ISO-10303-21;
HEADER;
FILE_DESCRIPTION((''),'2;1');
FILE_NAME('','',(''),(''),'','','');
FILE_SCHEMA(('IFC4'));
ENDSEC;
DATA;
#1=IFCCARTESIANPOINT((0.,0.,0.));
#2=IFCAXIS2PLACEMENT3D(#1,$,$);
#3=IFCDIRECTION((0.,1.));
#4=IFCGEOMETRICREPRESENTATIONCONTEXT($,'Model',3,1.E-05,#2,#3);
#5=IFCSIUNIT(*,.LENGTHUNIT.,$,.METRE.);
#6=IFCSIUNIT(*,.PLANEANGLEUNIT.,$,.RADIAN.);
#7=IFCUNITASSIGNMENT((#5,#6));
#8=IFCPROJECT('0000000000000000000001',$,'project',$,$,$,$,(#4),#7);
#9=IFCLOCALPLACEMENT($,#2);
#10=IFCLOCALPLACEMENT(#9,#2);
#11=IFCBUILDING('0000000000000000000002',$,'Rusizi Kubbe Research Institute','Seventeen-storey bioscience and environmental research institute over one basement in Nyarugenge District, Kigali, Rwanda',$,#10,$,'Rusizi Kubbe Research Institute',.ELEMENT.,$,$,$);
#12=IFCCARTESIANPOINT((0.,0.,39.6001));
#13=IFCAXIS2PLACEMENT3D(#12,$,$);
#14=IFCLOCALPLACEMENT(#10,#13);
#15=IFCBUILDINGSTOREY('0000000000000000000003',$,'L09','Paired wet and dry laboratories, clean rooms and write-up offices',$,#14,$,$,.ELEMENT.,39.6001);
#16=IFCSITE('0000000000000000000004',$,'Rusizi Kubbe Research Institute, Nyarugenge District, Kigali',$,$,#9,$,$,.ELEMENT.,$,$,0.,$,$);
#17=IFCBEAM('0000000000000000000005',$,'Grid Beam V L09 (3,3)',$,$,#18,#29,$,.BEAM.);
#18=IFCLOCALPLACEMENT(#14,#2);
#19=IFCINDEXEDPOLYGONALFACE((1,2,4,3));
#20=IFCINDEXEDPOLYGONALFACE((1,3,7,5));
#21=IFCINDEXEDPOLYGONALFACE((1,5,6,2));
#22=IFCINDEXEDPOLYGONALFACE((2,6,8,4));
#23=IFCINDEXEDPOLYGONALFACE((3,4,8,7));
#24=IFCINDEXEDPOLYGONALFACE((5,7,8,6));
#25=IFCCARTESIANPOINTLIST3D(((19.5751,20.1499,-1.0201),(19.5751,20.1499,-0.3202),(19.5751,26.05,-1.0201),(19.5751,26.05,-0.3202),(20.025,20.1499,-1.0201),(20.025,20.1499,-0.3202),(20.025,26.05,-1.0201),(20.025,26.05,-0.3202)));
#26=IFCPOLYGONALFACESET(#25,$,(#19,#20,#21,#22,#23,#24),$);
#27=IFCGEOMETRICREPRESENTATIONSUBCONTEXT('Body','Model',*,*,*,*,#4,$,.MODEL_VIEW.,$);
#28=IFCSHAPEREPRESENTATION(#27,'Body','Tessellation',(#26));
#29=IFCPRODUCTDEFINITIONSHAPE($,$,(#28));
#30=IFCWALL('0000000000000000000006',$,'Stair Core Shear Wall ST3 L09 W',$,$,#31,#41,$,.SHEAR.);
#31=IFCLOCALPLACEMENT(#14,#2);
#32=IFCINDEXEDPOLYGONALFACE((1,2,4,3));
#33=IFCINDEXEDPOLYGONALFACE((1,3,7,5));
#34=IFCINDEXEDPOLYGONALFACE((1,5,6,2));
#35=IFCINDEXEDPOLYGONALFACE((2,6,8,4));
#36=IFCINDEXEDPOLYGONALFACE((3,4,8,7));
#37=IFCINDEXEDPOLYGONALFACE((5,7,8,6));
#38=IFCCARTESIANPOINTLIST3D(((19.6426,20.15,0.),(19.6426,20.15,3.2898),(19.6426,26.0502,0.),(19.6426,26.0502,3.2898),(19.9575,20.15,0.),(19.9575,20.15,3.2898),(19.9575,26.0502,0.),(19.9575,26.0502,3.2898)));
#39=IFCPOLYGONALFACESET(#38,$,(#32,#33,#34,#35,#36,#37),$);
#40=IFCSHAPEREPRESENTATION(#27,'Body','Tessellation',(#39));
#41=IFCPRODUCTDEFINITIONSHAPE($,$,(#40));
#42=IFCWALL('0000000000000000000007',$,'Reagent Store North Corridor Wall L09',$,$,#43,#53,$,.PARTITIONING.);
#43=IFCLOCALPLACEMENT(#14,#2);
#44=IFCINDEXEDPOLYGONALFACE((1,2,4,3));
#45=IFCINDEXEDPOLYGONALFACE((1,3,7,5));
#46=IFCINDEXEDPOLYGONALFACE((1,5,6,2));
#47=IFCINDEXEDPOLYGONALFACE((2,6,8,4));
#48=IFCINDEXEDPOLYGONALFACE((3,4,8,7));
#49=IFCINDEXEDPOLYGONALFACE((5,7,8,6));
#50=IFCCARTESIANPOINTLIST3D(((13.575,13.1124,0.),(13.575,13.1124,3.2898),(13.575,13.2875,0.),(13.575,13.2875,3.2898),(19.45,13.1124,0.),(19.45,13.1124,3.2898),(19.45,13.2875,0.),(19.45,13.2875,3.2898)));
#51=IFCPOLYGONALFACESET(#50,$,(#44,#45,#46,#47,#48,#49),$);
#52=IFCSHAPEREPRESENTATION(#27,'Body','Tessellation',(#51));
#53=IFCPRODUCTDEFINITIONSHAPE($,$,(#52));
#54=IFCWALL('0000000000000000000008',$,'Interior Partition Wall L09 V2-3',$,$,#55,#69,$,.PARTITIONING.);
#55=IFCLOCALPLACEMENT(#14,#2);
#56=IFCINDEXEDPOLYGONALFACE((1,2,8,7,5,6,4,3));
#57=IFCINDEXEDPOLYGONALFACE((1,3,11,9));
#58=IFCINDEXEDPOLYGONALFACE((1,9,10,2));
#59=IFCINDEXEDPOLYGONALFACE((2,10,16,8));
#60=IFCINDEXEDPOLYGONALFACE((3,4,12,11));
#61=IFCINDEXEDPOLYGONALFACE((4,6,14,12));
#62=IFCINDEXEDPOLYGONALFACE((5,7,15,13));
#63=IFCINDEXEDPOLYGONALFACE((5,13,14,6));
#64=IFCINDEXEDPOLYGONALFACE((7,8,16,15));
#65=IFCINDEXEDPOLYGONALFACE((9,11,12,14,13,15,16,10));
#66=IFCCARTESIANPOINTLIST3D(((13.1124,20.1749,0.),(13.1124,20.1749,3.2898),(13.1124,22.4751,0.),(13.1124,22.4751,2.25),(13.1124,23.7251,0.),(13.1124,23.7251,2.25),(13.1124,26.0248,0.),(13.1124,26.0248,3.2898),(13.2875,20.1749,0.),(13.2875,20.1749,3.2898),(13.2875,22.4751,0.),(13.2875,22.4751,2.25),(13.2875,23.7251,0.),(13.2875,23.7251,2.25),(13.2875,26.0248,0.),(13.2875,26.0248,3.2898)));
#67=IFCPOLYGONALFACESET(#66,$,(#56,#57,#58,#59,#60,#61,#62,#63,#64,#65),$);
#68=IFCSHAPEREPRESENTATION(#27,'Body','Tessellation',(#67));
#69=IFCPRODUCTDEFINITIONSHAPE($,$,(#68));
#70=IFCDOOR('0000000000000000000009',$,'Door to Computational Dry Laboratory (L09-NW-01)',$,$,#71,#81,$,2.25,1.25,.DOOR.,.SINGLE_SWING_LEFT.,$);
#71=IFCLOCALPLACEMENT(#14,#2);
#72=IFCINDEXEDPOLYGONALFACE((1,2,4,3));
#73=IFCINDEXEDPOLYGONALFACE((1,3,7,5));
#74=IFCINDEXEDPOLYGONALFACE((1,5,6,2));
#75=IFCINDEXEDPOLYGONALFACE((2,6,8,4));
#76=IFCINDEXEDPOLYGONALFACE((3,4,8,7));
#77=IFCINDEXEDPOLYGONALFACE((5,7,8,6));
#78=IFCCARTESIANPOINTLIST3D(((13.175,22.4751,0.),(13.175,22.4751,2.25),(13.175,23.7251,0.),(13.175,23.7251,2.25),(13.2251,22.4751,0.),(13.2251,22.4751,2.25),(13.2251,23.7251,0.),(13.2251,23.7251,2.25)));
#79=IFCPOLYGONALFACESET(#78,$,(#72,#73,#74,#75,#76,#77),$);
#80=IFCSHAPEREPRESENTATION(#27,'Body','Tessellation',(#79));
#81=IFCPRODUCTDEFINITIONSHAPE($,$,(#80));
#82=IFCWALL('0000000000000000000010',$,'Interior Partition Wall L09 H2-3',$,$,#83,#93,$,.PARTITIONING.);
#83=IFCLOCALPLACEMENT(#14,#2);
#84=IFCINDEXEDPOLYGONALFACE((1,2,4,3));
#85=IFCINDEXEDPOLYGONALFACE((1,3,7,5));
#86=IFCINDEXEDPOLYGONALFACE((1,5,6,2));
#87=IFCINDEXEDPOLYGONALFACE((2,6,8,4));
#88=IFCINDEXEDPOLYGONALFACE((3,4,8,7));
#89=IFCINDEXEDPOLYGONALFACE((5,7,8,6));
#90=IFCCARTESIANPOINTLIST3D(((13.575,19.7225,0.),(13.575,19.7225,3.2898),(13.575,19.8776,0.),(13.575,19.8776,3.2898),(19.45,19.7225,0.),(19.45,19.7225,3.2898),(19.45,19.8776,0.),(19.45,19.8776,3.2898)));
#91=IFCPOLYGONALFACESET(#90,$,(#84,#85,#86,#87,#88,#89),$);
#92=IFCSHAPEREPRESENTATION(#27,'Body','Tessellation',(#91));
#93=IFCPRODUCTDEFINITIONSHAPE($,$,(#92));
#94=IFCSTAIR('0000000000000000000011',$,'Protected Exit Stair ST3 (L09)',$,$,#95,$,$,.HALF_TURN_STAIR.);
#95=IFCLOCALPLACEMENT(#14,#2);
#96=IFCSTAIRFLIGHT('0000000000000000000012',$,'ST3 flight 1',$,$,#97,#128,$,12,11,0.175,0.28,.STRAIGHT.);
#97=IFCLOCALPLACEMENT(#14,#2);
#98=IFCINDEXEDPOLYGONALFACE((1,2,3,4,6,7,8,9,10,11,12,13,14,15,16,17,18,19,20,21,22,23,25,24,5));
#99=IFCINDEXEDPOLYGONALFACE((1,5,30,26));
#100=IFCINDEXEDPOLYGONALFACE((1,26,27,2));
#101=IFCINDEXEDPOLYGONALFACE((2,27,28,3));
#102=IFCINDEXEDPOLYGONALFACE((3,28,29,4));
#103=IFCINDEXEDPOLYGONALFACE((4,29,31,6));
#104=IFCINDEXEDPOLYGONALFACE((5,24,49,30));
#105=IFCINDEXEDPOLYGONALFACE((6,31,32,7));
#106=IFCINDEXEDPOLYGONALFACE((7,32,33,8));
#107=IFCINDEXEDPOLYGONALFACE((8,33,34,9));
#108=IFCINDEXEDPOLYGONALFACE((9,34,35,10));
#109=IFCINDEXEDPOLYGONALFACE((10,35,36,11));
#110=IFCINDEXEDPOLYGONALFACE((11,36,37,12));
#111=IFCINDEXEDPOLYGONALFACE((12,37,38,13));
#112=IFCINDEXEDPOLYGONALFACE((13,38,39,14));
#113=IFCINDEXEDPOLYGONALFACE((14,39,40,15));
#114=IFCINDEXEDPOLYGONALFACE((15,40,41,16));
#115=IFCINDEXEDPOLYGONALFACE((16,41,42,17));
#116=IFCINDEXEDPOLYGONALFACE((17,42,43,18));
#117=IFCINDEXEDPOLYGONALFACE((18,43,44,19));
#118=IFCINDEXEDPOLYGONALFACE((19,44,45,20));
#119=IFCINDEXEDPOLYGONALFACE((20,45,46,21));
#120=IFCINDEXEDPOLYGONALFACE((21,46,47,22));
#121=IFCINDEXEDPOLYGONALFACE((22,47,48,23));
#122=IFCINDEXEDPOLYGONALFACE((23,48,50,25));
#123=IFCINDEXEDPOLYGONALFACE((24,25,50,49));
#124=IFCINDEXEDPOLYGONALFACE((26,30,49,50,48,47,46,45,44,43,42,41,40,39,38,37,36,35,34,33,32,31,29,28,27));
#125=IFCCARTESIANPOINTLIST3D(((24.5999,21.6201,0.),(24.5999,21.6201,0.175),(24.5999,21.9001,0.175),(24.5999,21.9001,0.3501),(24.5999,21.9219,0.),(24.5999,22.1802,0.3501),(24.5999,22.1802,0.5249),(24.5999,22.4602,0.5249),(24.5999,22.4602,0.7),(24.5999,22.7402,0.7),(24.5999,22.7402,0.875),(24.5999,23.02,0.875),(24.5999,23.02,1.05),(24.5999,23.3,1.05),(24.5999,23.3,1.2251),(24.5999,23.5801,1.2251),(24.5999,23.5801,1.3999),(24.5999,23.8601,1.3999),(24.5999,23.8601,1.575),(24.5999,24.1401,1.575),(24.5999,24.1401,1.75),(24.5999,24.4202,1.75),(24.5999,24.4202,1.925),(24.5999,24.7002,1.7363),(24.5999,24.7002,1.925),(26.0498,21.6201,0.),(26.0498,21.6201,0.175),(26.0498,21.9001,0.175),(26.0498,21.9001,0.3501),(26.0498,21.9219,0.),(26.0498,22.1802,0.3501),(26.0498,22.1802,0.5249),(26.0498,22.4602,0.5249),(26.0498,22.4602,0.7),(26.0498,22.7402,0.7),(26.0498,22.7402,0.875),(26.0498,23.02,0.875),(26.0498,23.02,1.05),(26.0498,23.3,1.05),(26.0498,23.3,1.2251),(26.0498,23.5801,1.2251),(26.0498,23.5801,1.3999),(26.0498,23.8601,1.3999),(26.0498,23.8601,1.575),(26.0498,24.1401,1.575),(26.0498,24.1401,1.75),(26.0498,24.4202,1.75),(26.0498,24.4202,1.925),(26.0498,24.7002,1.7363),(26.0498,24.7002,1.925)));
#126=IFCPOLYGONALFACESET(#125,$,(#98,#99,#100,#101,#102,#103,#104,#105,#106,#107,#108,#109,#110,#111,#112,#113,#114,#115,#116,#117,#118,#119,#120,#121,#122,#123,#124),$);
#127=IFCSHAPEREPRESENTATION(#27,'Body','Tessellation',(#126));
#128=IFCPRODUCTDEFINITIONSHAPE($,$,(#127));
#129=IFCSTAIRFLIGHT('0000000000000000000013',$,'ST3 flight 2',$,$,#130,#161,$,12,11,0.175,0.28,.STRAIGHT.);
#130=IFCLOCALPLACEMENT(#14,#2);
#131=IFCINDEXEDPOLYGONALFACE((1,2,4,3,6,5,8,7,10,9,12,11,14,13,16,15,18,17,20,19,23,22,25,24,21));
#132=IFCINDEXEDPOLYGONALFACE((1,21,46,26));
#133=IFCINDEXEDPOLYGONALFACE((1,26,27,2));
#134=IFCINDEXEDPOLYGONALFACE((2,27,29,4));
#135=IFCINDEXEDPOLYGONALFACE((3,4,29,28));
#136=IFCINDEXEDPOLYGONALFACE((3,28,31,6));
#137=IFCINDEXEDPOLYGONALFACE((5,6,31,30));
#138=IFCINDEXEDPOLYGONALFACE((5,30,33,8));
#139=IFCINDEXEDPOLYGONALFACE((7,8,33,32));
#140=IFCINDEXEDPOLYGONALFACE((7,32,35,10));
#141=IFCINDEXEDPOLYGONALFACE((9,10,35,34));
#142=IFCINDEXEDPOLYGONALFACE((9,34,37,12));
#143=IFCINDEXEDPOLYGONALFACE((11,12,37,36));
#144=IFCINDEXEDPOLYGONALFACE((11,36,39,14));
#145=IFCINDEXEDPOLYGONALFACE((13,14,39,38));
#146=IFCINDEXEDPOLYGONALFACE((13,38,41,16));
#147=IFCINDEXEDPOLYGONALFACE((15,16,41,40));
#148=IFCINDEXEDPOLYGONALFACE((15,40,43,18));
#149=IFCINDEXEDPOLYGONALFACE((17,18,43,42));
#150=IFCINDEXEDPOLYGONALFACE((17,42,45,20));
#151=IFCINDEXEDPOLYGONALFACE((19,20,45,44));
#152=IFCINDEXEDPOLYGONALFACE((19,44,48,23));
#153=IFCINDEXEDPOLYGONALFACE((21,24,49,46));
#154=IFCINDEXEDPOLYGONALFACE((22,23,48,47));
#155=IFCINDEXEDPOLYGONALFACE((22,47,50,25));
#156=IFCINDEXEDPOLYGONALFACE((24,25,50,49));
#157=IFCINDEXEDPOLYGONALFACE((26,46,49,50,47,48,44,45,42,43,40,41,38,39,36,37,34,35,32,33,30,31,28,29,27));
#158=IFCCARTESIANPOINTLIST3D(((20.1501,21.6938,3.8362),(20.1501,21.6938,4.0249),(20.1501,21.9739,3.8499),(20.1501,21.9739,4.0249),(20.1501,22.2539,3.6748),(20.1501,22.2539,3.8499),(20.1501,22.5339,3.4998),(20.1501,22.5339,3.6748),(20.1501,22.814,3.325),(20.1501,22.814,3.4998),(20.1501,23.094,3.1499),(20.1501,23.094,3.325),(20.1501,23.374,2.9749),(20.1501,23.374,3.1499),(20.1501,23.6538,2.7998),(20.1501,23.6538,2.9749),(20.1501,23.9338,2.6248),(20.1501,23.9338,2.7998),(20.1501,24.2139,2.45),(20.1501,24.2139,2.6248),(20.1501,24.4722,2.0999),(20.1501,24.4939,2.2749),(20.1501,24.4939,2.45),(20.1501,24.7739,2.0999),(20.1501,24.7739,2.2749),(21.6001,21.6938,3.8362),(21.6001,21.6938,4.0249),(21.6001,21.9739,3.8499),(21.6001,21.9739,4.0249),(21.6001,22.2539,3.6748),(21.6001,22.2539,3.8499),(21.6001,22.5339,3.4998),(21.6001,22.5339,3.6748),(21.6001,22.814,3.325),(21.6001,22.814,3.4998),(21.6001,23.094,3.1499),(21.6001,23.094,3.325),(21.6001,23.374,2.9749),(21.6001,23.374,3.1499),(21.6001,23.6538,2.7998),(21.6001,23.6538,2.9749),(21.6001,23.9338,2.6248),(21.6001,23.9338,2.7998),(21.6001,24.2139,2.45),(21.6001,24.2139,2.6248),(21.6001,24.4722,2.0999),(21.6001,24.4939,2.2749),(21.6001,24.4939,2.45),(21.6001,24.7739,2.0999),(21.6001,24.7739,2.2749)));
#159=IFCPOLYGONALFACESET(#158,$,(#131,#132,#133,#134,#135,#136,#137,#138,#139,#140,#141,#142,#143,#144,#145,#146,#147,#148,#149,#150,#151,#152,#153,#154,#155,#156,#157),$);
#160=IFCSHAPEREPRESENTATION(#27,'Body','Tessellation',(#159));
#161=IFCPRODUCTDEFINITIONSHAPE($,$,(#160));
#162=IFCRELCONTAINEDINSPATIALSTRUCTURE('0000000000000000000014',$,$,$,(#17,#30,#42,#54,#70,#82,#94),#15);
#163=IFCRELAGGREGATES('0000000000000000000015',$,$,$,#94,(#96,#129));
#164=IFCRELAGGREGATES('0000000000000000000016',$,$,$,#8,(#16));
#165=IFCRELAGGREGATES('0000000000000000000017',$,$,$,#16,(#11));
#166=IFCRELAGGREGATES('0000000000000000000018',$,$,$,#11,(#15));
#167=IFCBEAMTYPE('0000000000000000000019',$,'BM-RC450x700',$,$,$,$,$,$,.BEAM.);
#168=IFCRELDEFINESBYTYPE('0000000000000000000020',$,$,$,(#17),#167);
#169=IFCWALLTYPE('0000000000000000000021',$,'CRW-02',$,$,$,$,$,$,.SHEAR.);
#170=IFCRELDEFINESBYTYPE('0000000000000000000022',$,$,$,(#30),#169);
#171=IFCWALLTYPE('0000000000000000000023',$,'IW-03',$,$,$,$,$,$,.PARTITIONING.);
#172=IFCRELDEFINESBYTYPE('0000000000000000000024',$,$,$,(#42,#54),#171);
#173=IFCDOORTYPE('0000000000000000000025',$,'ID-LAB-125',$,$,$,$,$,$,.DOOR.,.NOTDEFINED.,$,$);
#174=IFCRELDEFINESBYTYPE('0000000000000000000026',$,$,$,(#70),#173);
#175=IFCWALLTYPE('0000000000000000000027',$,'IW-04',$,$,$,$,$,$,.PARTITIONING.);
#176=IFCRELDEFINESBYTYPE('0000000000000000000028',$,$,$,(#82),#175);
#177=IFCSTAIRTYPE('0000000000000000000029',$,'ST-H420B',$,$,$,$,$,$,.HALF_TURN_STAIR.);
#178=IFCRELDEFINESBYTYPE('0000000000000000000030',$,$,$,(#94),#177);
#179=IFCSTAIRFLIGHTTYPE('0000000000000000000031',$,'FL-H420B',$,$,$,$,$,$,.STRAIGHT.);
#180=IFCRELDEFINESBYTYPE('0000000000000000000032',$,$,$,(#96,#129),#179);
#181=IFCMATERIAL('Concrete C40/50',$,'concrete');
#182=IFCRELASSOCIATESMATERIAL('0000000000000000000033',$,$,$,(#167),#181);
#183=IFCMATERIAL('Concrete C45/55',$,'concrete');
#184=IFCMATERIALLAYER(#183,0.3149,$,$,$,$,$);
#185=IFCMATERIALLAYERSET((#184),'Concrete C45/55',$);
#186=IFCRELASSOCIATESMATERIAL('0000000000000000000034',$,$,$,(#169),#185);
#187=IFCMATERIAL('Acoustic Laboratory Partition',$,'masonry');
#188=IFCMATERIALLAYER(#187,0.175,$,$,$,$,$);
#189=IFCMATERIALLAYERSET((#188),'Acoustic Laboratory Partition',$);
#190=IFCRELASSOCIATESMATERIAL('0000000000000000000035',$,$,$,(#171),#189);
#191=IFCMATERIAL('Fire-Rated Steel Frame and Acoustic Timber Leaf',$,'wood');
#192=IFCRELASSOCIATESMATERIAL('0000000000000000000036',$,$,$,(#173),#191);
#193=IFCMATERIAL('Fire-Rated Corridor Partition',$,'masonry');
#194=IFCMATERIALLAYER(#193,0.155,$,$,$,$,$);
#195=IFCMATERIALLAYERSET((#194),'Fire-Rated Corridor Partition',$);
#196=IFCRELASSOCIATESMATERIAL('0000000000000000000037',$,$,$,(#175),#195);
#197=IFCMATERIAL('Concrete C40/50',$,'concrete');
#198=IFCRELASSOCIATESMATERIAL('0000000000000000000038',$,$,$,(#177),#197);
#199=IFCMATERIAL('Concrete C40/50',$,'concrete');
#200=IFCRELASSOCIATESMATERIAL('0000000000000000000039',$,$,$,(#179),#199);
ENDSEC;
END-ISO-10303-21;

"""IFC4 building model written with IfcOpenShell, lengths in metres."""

from ifc_helpers import new_model, si_unit, direction, frame, frame_2d, origin, origin_2d, place, context, subcontext, project, spatial, polyline, rectangle, outline, extrude, material, layer, layer_set, material_profile, profile_set, type_object, element, fill, aggregate, save


model = new_model("IFC4")

# Units and contexts
model_context = context("Model", 3, precision=1e-05, world=origin(), true_north=direction((0.0, 1.0)))
body_context = subcontext(model_context, "Body", "Model", "MODEL_VIEW")
ifc_project = project(units=[si_unit("LENGTHUNIT", "METRE"), si_unit("PLANEANGLEUNIT", "RADIAN")], contexts=[model_context])

# Site, building, storey
site_placement = place(None, origin())
site = spatial("IfcSite", under=ifc_project, at=site_placement, Name="Rusizi Kubbe Research Institute, Nyarugenge District, Kigali", CompositionType="ELEMENT", RefElevation=0.0)
building_placement = place(site_placement, origin())
building = spatial("IfcBuilding", under=site, at=building_placement, Name="Rusizi Kubbe Research Institute", Description="Seventeen-storey bioscience and environmental research institute over one basement in Nyarugenge District, Kigali, Rwanda", LongName="Rusizi Kubbe Research Institute", CompositionType="ELEMENT")
storey_placement = place(building_placement, frame((0.0, 0.0, 39.6001)))
storey = spatial("IfcBuildingStorey", under=building, at=storey_placement, Name="L09", Description="Paired wet and dry laboratories, clean rooms and write-up offices", CompositionType="ELEMENT", Elevation=39.6001)

# Beam
ifc_material_1 = material(Name="Concrete C40/50", Category="concrete")
ifc_material_profile_1 = material_profile(ifc_material_1, rectangle(XDim=0.45, YDim=0.7, at=origin_2d()), Name="RC450x700B")
ifc_profile_set_1 = profile_set([ifc_material_profile_1], Name="Concrete C40/50")
beam_type = type_object("IfcBeamType", Name="BM-RC450x700", PredefinedType="BEAM", material=ifc_profile_set_1)
beam_1_placement = place(storey_placement, frame((19.8, 20.1499, -0.6702), z_axis=(0.0, 1.0, 0.0), x_axis=(-1.0, 0.0, 0.0)))
element("IfcBeam", 1, at=beam_1_placement, inside=storey, type_object=beam_type, Name="Grid Beam V L09 (3,3)", PredefinedType="BEAM", context=body_context, shape_type="SweptSolid", body=[
    extrude(rectangle(XDim=0.45, YDim=0.7, at=origin_2d()), origin(), (0.0, 0.0, 1.0), 5.9001),
])

# Shared definitions
ifc_material_2 = material(Name="Concrete C45/55", Category="concrete")
ifc_layer_1 = layer(ifc_material_2, 0.3149)
ifc_layer_set_1 = layer_set([ifc_layer_1], Name="Concrete C45/55")
wall_type_1 = type_object("IfcWallType", Name="CRW-02", PredefinedType="SHEAR", material=ifc_layer_set_1)

# Walls
wall_1_placement = place(storey_placement, frame((19.8, 20.1499, 0.0), z_axis=(0.0, 0.0, 1.0), x_axis=(0.0, 1.0, 0.0)))
element("IfcWall", 2, at=wall_1_placement, inside=storey, type_object=wall_type_1, Name="Stair Core Shear Wall ST3 L09 W", PredefinedType="SHEAR", context=body_context, shape_type="SweptSolid", body=[
    extrude(rectangle(XDim=5.9001, YDim=0.3149, at=frame_2d((2.9502, 0.0))), origin(), (0.0, 0.0, 1.0), 3.2898),
])
ifc_material_3 = material(Name="Acoustic Laboratory Partition", Category="masonry")
ifc_layer_2 = layer(ifc_material_3, 0.175)
ifc_layer_set_2 = layer_set([ifc_layer_2], Name="Acoustic Laboratory Partition")
wall_type_2 = type_object("IfcWallType", Name="IW-03", PredefinedType="PARTITIONING", material=ifc_layer_set_2)
wall_2_placement = place(storey_placement, frame((13.575, 13.2, 0.0), z_axis=(0.0, 0.0, 1.0), x_axis=(1.0, 0.0, 0.0)))
element("IfcWall", 3, at=wall_2_placement, inside=storey, type_object=wall_type_2, Name="Reagent Store North Corridor Wall L09", PredefinedType="PARTITIONING", context=body_context, shape_type="SweptSolid", body=[
    extrude(rectangle(XDim=5.875, YDim=0.175, at=frame_2d((2.9375, 0.0))), origin(), (0.0, 0.0, 1.0), 3.2898),
])

# Wall, opening, door
wall_3_placement = place(storey_placement, frame((13.2, 20.175, 0.0), z_axis=(0.0, 0.0, 1.0), x_axis=(0.0, 1.0, 0.0)))
wall_3 = element("IfcWall", 4, at=wall_3_placement, inside=storey, type_object=wall_type_2, Name="Interior Partition Wall L09 V2-3", PredefinedType="PARTITIONING", context=body_context, shape_type="SweptSolid", body=[
    extrude(rectangle(XDim=5.8499, YDim=0.175, at=frame_2d((2.9248, 0.0))), origin(), (0.0, 0.0, 1.0), 3.2898),
])
opening_1_placement = place(wall_3_placement, frame((2.3, 0.0, 0.0)))
opening_1 = element("IfcOpeningElement", 5, at=opening_1_placement, cuts=wall_3, PredefinedType="OPENING", context=body_context, shape_type="SweptSolid", body=[
    extrude(rectangle(XDim=1.25, YDim=2.25, at=frame_2d((0.625, 1.125))), frame((0.0, 0.0974, 0.0), z_axis=(0.0, -1.0, 0.0), x_axis=(1.0, 0.0, 0.0)), (0.0, 0.0, 1.0), 0.1951),
])
ifc_material_4 = material(Name="Fire-Rated Steel Frame and Acoustic Timber Leaf", Category="wood")
door_type_1 = type_object("IfcDoorType", Name="ID-LAB-125", OperationType="NOTDEFINED", PredefinedType="DOOR", material=ifc_material_4)
door_1_placement = place(opening_1_placement, origin())
door_1 = element("IfcDoor", 6, at=door_1_placement, inside=storey, type_object=door_type_1, Name="Door to Computational Dry Laboratory (L09-NW-01)", OperationType="SINGLE_SWING_LEFT", OverallHeight=2.25, OverallWidth=1.25, PredefinedType="DOOR", context=body_context, shape_type="SweptSolid", body=[
    extrude(rectangle(XDim=1.25, YDim=2.25, at=frame_2d((0.625, 1.125))), frame((0.0, 0.0249, 0.0), z_axis=(0.0, -1.0, 0.0), x_axis=(1.0, 0.0, 0.0)), (0.0, 0.0, 1.0), 0.05),
])
fill(opening_1, door_1)

# Wall
ifc_material_5 = material(Name="Fire-Rated Corridor Partition", Category="masonry")
ifc_layer_3 = layer(ifc_material_5, 0.155)
ifc_layer_set_3 = layer_set([ifc_layer_3], Name="Fire-Rated Corridor Partition")
wall_type_3 = type_object("IfcWallType", Name="IW-04", PredefinedType="PARTITIONING", material=ifc_layer_set_3)
wall_4_placement = place(storey_placement, frame((13.575, 19.8, 0.0), z_axis=(0.0, 0.0, 1.0), x_axis=(1.0, 0.0, 0.0)))
element("IfcWall", 7, at=wall_4_placement, inside=storey, type_object=wall_type_3, Name="Interior Partition Wall L09 H2-3", PredefinedType="PARTITIONING", context=body_context, shape_type="SweptSolid", body=[
    extrude(rectangle(XDim=5.875, YDim=0.155, at=frame_2d((2.9375, 0.0))), origin(), (0.0, 0.0, 1.0), 3.2898),
])

# Stair, stair flights
ifc_material_6 = material(Name="Concrete C40/50", Category="concrete")
stair_type = type_object("IfcStairType", Name="ST-H420B", PredefinedType="HALF_TURN_STAIR", material=ifc_material_6)
stair_placement = place(storey_placement, origin())
stair = element("IfcStair", 8, at=stair_placement, inside=storey, type_object=stair_type, Name="Protected Exit Stair ST3 (L09)", PredefinedType="HALF_TURN_STAIR")
ifc_material_7 = material(Name="Concrete C40/50", Category="concrete")
stair_flight_type = type_object("IfcStairFlightType", Name="FL-H420B", PredefinedType="STRAIGHT", material=ifc_material_7)
stair_flight_1_placement = place(storey_placement, frame((25.325, 21.6201, 0.0), z_axis=(0.0, 0.0, 1.0), x_axis=(0.0, 1.0, 0.0)))
stair_flight_1 = element("IfcStairFlight", 9, at=stair_flight_1_placement, type_object=stair_flight_type, Name="ST3 flight 1", NumberOfRisers=12, NumberOfTreads=11, PredefinedType="STRAIGHT", RiserHeight=0.175, TreadLength=0.28, context=body_context, shape_type="SweptSolid", body=[
    extrude(outline(polyline([(0.0, 0.0), (0.0, 0.175), (0.28, 0.175), (0.28, 0.3501), (0.5601, 0.3501), (0.5601, 0.5249), (0.8401, 0.5249), (0.8401, 0.7), (1.1201, 0.7), (1.1201, 0.875), (1.3999, 0.875), (1.3999, 1.05), (1.6799, 1.05), (1.6799, 1.2251), (1.96, 1.2251), (1.96, 1.3999), (2.24, 1.3999), (2.24, 1.575), (2.52, 1.575), (2.52, 1.75), (2.8, 1.75), (2.8, 1.925), (3.0801, 1.925), (3.0801, 2.1001), (3.0801, 1.7363), (0.3018, 0.0), (0.0, 0.0)])), frame((0.0, 0.7251, 0.0), z_axis=(0.0, -1.0, 0.0), x_axis=(1.0, 0.0, 0.0)), (0.0, 0.0, 1.0), 1.45),
])
stair_flight_2_placement = place(storey_placement, frame((20.875, 24.7739, 2.0999), z_axis=(0.0, 0.0, 1.0), x_axis=(0.0, -1.0, 0.0)))
stair_flight_2 = element("IfcStairFlight", 10, at=stair_flight_2_placement, type_object=stair_flight_type, Name="ST3 flight 2", NumberOfRisers=12, NumberOfTreads=11, PredefinedType="STRAIGHT", RiserHeight=0.175, TreadLength=0.28, context=body_context, shape_type="SweptSolid", body=[
    extrude(outline(polyline([(0.0, 0.0), (0.0, 0.175), (0.28, 0.175), (0.28, 0.3501), (0.5601, 0.3501), (0.5601, 0.5249), (0.8401, 0.5249), (0.8401, 0.7), (1.1201, 0.7), (1.1201, 0.875), (1.3999, 0.875), (1.3999, 1.05), (1.6799, 1.05), (1.6799, 1.2251), (1.96, 1.2251), (1.96, 1.3999), (2.24, 1.3999), (2.24, 1.575), (2.52, 1.575), (2.52, 1.75), (2.8, 1.75), (2.8, 1.925), (3.0801, 1.925), (3.0801, 2.1001), (3.0801, 1.7363), (0.3018, 0.0), (0.0, 0.0)])), frame((0.0, 0.7251, 0.0), z_axis=(0.0, -1.0, 0.0), x_axis=(1.0, 0.0, 0.0)), (0.0, 0.0, 1.0), 1.45),
])
aggregate(stair, [stair_flight_1, stair_flight_2])

save(model, "model.ifc")
